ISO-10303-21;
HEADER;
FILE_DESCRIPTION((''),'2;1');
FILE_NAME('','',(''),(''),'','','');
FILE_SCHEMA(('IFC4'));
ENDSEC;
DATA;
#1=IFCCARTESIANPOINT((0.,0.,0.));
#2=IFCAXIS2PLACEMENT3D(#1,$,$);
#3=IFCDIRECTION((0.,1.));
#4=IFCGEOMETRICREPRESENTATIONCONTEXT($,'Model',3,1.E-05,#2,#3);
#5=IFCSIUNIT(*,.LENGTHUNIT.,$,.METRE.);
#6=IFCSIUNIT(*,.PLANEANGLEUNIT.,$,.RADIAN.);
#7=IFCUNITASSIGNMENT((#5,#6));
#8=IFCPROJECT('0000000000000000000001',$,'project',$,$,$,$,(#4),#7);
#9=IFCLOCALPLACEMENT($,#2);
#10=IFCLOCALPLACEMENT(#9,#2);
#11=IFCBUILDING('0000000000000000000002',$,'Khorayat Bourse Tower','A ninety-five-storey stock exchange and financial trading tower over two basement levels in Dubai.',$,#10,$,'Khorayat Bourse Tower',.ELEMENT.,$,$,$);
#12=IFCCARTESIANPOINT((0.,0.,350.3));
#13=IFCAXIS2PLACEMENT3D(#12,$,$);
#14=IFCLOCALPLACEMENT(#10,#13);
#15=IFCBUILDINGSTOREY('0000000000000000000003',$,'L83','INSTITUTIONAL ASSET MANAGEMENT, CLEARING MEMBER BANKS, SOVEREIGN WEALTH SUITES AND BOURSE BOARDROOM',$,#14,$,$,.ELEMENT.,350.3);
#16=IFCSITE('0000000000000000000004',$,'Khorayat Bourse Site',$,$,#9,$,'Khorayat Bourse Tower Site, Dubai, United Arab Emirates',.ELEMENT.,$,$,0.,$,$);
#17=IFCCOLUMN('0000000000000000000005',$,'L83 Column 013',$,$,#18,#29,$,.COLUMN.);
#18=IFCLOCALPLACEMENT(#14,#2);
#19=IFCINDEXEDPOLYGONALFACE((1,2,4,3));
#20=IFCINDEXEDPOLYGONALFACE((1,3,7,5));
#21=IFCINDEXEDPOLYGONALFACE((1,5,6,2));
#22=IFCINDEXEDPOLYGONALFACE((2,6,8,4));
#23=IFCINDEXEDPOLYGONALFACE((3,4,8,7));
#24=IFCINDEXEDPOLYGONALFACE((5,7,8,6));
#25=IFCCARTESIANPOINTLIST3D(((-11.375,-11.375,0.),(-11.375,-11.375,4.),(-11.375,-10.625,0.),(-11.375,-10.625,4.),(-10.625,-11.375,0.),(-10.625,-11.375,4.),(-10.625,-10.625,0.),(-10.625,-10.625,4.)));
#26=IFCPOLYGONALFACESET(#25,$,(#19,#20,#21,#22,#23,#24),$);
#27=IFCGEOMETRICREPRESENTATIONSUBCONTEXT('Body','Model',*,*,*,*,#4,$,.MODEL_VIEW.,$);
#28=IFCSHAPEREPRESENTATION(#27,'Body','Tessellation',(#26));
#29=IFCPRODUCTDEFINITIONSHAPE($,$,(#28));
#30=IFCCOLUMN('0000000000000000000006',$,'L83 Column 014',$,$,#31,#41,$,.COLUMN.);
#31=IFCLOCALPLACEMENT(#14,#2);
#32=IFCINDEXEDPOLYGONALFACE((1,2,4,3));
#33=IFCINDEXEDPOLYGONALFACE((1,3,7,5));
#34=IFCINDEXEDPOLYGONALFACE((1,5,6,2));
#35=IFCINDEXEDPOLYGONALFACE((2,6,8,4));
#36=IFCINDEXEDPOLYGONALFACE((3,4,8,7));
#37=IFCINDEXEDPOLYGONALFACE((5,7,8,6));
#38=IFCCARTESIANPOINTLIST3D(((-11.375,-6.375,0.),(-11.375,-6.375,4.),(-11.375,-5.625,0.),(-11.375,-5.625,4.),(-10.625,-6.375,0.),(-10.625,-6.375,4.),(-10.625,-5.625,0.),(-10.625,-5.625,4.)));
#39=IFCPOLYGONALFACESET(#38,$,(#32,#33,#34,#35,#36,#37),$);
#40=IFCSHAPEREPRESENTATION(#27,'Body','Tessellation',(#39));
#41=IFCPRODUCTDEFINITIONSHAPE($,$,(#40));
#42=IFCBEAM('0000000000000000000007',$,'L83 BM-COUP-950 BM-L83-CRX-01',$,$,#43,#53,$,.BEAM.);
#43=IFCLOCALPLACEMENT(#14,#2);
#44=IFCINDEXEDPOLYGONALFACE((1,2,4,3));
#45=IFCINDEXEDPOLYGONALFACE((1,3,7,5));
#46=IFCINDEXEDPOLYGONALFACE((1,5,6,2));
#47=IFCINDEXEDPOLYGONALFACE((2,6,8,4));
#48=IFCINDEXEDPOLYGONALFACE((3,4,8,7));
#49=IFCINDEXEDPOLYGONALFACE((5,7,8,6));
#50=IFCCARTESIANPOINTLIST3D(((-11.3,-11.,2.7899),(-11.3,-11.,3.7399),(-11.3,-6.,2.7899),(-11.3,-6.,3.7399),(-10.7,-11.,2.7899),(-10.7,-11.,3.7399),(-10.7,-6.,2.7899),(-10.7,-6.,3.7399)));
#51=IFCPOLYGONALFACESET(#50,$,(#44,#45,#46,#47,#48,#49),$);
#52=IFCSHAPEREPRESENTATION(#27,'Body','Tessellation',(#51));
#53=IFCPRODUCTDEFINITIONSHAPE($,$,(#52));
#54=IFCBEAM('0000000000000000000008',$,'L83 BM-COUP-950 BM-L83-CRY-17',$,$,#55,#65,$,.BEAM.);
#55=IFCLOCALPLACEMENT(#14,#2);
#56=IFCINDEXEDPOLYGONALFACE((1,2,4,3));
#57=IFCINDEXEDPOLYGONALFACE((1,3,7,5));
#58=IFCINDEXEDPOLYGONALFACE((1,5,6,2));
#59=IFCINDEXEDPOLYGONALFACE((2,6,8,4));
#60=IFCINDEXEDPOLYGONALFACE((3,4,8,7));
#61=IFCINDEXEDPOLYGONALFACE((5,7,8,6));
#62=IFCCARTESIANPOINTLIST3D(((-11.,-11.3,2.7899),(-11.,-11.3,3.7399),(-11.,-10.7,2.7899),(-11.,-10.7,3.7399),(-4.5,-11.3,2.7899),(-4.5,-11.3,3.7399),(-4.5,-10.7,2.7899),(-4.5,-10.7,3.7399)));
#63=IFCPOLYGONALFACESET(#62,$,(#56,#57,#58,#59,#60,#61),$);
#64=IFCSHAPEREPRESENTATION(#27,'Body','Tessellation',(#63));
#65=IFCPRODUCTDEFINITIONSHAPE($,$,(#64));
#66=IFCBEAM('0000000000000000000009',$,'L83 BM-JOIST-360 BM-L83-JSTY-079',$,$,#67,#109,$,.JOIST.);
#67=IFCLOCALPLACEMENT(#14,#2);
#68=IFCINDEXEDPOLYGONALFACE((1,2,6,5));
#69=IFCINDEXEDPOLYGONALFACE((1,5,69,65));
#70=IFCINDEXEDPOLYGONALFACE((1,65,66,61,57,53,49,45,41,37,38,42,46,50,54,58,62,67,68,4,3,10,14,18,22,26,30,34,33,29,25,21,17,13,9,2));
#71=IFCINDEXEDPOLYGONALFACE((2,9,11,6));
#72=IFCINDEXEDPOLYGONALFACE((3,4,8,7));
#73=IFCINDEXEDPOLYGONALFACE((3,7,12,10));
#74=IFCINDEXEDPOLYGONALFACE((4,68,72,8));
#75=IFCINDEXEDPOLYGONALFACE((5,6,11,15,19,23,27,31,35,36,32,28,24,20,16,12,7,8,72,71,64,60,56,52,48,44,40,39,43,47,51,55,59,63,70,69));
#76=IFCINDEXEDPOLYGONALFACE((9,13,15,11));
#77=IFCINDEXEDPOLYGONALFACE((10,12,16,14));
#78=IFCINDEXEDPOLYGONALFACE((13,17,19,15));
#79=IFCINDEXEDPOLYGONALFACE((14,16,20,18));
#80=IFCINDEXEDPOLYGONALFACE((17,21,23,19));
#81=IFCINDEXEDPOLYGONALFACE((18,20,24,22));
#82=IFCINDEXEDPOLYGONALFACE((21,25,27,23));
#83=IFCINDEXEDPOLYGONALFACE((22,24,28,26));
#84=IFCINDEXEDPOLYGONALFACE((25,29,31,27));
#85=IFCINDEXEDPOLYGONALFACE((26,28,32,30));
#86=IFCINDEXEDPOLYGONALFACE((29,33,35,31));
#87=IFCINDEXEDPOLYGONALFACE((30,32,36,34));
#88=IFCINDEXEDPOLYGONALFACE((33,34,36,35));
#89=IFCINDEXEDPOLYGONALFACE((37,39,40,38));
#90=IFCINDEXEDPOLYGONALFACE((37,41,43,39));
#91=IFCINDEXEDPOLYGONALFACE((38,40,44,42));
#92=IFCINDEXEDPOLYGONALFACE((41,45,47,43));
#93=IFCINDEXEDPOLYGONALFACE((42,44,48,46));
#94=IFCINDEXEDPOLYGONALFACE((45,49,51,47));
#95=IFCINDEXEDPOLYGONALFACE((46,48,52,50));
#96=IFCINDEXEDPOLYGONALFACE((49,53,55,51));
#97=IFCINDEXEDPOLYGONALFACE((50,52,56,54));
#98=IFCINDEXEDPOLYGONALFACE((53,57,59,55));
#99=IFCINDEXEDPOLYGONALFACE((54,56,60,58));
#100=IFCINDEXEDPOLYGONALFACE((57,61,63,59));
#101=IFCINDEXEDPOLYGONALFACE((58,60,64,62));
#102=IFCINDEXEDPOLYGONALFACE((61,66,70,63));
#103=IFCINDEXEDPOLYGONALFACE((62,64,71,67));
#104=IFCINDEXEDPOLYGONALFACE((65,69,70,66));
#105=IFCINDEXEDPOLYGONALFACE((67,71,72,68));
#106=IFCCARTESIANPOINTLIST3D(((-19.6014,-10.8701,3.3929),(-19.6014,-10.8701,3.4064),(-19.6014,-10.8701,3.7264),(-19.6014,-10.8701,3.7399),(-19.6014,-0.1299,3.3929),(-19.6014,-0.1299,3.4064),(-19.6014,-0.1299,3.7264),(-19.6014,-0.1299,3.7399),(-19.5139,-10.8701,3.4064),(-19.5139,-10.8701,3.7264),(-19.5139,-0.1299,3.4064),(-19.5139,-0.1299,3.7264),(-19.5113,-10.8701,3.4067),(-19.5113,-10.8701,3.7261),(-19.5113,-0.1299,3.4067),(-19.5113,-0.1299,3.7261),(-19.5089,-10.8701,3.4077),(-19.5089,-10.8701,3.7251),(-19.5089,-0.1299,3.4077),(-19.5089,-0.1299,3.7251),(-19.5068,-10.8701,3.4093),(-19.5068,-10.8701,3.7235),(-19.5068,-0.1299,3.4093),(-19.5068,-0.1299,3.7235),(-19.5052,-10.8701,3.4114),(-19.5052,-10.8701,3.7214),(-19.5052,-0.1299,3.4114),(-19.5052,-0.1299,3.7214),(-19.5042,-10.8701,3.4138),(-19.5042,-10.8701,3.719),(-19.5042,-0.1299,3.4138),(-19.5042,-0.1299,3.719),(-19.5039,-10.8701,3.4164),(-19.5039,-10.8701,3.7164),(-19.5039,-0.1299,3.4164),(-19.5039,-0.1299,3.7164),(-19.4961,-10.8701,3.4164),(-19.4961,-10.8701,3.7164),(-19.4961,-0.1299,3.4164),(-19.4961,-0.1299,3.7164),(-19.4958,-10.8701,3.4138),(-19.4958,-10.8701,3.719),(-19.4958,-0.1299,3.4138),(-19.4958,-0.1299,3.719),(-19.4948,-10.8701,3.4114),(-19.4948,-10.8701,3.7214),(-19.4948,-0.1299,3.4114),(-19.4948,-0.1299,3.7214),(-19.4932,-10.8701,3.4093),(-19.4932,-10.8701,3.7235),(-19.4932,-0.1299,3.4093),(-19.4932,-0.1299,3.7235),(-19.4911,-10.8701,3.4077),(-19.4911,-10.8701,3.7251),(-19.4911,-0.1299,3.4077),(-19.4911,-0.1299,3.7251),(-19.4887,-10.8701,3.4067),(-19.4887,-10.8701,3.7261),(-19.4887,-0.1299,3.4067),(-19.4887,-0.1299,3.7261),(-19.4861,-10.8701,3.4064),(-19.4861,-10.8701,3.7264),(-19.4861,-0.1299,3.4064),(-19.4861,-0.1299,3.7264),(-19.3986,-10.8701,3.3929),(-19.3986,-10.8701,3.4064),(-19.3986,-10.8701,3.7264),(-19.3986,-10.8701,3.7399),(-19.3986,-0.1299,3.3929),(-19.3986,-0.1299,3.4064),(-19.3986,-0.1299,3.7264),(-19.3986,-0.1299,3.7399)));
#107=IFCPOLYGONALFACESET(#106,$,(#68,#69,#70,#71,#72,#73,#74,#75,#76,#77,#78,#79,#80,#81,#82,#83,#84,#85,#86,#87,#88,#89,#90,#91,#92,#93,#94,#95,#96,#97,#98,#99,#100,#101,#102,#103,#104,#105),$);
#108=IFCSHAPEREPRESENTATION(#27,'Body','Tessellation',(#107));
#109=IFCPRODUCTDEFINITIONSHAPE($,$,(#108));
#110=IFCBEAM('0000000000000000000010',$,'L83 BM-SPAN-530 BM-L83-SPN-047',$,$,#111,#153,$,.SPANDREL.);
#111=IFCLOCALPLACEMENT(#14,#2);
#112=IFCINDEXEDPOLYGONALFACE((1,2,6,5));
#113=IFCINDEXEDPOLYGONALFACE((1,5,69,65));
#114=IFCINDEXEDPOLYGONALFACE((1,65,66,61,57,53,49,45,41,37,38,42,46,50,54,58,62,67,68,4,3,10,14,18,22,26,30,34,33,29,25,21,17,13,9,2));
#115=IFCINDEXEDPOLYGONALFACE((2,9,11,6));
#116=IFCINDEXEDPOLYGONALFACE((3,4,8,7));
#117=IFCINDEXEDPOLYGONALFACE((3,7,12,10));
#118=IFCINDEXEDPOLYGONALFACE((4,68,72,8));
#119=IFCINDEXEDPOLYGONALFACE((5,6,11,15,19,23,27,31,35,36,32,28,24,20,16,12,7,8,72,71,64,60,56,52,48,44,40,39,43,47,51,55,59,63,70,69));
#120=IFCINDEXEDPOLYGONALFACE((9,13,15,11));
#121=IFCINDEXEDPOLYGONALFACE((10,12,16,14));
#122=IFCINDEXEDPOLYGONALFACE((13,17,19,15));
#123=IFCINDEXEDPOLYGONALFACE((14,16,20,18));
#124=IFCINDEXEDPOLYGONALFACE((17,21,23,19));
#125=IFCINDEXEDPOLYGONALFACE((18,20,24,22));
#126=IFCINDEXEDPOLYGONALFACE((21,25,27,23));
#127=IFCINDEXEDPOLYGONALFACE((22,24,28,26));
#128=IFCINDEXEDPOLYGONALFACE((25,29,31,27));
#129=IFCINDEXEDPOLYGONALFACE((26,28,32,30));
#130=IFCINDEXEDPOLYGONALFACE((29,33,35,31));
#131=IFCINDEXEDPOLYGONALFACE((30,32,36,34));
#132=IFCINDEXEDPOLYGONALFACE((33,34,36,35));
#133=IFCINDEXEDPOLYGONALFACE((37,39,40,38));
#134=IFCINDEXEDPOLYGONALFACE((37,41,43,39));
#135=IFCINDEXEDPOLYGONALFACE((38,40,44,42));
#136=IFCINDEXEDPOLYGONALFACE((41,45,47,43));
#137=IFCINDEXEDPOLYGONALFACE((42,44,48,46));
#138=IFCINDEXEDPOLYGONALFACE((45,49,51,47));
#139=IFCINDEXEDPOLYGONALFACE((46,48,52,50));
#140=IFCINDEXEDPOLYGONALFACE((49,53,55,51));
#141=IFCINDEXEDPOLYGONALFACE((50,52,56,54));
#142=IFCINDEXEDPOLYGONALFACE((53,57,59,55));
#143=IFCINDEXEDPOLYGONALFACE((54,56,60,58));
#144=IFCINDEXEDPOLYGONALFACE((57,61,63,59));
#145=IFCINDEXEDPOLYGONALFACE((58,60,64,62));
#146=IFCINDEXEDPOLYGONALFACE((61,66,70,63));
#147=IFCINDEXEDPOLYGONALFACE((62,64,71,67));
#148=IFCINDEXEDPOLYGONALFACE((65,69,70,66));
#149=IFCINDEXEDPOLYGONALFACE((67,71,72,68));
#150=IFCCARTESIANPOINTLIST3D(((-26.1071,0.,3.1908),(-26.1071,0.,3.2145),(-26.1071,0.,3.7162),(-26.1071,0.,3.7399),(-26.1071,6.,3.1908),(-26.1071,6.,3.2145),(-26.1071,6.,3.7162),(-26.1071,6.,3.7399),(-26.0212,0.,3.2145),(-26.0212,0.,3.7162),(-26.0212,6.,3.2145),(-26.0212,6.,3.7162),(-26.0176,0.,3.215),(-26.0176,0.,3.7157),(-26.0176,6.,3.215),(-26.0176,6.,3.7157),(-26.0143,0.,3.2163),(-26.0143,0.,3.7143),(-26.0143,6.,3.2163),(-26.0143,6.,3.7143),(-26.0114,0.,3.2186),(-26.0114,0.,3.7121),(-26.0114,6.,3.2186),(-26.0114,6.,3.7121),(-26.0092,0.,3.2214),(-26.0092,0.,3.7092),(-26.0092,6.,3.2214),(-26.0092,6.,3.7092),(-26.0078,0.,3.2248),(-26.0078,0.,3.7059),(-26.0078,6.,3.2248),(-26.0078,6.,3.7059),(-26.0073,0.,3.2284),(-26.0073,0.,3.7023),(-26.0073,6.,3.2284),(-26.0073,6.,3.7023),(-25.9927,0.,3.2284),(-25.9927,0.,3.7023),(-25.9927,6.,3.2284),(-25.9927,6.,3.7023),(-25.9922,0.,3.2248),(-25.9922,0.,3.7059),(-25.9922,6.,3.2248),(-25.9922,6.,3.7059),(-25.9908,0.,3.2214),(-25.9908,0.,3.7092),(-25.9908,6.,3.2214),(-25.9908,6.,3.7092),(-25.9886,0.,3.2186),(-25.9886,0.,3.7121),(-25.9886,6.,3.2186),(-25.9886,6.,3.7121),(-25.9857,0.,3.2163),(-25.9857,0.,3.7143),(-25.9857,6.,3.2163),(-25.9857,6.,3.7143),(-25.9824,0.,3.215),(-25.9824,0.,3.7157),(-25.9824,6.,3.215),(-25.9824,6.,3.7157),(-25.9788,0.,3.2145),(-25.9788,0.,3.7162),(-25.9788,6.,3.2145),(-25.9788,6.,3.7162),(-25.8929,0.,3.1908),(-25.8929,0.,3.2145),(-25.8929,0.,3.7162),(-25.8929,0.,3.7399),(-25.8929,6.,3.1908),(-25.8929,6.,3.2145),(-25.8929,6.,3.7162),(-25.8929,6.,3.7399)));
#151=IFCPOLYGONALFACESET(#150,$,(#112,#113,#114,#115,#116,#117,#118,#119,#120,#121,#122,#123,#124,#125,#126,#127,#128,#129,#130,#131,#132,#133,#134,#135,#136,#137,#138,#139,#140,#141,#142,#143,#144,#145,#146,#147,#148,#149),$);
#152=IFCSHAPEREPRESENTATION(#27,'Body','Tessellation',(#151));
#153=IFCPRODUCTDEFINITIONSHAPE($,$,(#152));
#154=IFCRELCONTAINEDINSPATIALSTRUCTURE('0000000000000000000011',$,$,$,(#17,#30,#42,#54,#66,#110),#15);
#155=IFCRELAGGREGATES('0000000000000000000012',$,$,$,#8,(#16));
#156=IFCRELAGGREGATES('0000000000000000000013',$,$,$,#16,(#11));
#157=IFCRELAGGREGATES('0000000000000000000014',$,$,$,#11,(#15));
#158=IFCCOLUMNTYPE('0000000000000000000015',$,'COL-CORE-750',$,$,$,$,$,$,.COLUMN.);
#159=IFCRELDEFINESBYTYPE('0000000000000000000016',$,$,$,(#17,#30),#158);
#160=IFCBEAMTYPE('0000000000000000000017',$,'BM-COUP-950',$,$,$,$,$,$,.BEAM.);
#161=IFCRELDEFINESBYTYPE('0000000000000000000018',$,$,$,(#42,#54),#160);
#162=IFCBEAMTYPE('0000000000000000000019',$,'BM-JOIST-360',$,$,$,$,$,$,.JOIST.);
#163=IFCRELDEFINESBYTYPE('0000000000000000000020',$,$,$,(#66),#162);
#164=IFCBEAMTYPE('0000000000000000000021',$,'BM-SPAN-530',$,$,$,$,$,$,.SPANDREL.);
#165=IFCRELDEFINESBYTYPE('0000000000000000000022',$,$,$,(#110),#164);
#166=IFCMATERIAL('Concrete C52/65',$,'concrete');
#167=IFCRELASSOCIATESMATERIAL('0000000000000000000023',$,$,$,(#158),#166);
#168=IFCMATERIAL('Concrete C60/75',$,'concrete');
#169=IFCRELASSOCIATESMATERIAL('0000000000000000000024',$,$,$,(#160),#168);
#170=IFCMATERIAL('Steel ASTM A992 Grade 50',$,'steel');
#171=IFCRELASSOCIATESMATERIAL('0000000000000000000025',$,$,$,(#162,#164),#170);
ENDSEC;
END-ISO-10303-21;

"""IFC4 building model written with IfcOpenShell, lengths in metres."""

from ifc_helpers import new_model, si_unit, direction, frame, origin, origin_2d, place, context, subcontext, project, spatial, rectangle, i_section, extrude, source, transform, mapped, material, material_profile, profile_set, type_object, element, save


model = new_model("IFC4")

# Units and contexts
model_context = context("Model", 3, precision=1e-05, world=origin(), true_north=direction((0.0, 1.0)))
body_context = subcontext(model_context, "Body", "Model", "MODEL_VIEW")
ifc_project = project(units=[si_unit("LENGTHUNIT", "METRE"), si_unit("PLANEANGLEUNIT", "RADIAN")], contexts=[model_context])

# Site, building, storey
site_placement = place(None, origin())
site = spatial("IfcSite", under=ifc_project, at=site_placement, Name="Khorayat Bourse Site", LongName="Khorayat Bourse Tower Site, Dubai, United Arab Emirates", CompositionType="ELEMENT", RefElevation=0.0)
building_placement = place(site_placement, origin())
building = spatial("IfcBuilding", under=site, at=building_placement, Name="Khorayat Bourse Tower", Description="A ninety-five-storey stock exchange and financial trading tower over two basement levels in Dubai.", LongName="Khorayat Bourse Tower", CompositionType="ELEMENT")
storey_placement = place(building_placement, frame((0.0, 0.0, 350.3)))
storey = spatial("IfcBuildingStorey", under=building, at=storey_placement, Name="L83", Description="INSTITUTIONAL ASSET MANAGEMENT, CLEARING MEMBER BANKS, SOVEREIGN WEALTH SUITES AND BOURSE BOARDROOM", CompositionType="ELEMENT", Elevation=350.3)

# Columns
ifc_material_1 = material(Name="Concrete C52/65", Category="concrete")
ifc_material_profile_1 = material_profile(ifc_material_1, rectangle(XDim=0.75, YDim=0.75, at=origin_2d()), Name="RC 750x750")
ifc_profile_set_1 = profile_set([ifc_material_profile_1], Name="Concrete C52/65")
column_type = type_object("IfcColumnType", Name="COL-CORE-750", PredefinedType="COLUMN", material=ifc_profile_set_1)
shared_shape_1 = source(origin(), body_context, "Body", "SweptSolid", [
    extrude(rectangle(XDim=0.75, YDim=0.75, at=origin_2d()), origin(), (0.0, 0.0, 1.0), 4.0),
])
for number, where, z_axis, x_axis, name in (
    (1, (-11.0, -11.0, 0.0), (0.0, 0.0, 1.0), (1.0, 0.0, 0.0), "L83 Column 013"),
    (2, (-11.0, -6.0, 0.0), (0.0, 0.0, 1.0), (1.0, 0.0, 0.0), "L83 Column 014"),
):
    element("IfcColumn", number, at=place(storey_placement, frame(where, z_axis=z_axis, x_axis=x_axis)), inside=storey, type_object=column_type, Name=name, PredefinedType="COLUMN", context=body_context, shape_type="MappedRepresentation", body=[
        mapped(shared_shape_1, transform((0.0, 0.0, 0.0), scale=1.0)),
    ])

# Beams
ifc_material_2 = material(Name="Concrete C60/75", Category="concrete")
ifc_material_profile_2 = material_profile(ifc_material_2, rectangle(XDim=0.6001, YDim=0.95, at=origin_2d()), Name="RC 600x950")
ifc_profile_set_2 = profile_set([ifc_material_profile_2], Name="Concrete C60/75")
beam_type_1 = type_object("IfcBeamType", Name="BM-COUP-950", PredefinedType="BEAM", material=ifc_profile_set_2)
shared_shape_2 = source(origin(), body_context, "Body", "SweptSolid", [
    extrude(rectangle(XDim=0.6001, YDim=0.95, at=origin_2d()), origin(), (0.0, 0.0, 1.0), 5.0),
])
beam_1_placement = place(storey_placement, frame((-11.0, -11.0, 3.2649), z_axis=(0.0, 1.0, 0.0), x_axis=(-1.0, 0.0, 0.0)))
element("IfcBeam", 3, at=beam_1_placement, inside=storey, type_object=beam_type_1, Name="L83 BM-COUP-950 BM-L83-CRX-01", PredefinedType="BEAM", context=body_context, shape_type="MappedRepresentation", body=[
    mapped(shared_shape_2, transform((0.0, 0.0, 0.0), scale=1.0)),
])
shared_shape_3 = source(origin(), body_context, "Body", "SweptSolid", [
    extrude(rectangle(XDim=0.6001, YDim=0.95, at=origin_2d()), origin(), (0.0, 0.0, 1.0), 6.5),
])
beam_2_placement = place(storey_placement, frame((-11.0, -11.0, 3.2649), z_axis=(1.0, 0.0, 0.0), x_axis=(0.0, 1.0, 0.0)))
element("IfcBeam", 4, at=beam_2_placement, inside=storey, type_object=beam_type_1, Name="L83 BM-COUP-950 BM-L83-CRY-17", PredefinedType="BEAM", context=body_context, shape_type="MappedRepresentation", body=[
    mapped(shared_shape_3, transform((0.0, 0.0, 0.0), scale=1.0)),
])
ifc_material_3 = material(Name="Steel ASTM A992 Grade 50", Category="steel")
ifc_material_profile_3 = material_profile(ifc_material_3, i_section(OverallWidth=0.2029, OverallDepth=0.3469, WebThickness=0.0078, FlangeThickness=0.0134, FilletRadius=0.01, at=origin_2d()), Name="W360X64")
ifc_profile_set_3 = profile_set([ifc_material_profile_3], Name="Steel ASTM A992 Grade 50")
beam_type_2 = type_object("IfcBeamType", Name="BM-JOIST-360", PredefinedType="JOIST", material=ifc_profile_set_3)
shared_shape_4 = source(origin(), body_context, "Body", "SweptSolid", [
    extrude(i_section(OverallWidth=0.2029, OverallDepth=0.3469, WebThickness=0.0078, FlangeThickness=0.0134, FilletRadius=0.01, at=origin_2d()), origin(), (0.0, 0.0, 1.0), 10.7402),
])
beam_3_placement = place(storey_placement, frame((-19.5, -10.8701, 3.5664), z_axis=(0.0, 1.0, 0.0), x_axis=(-1.0, 0.0, 0.0)))
element("IfcBeam", 5, at=beam_3_placement, inside=storey, type_object=beam_type_2, Name="L83 BM-JOIST-360 BM-L83-JSTY-079", PredefinedType="JOIST", context=body_context, shape_type="MappedRepresentation", body=[
    mapped(shared_shape_4, transform((0.0, 0.0, 0.0), scale=1.0)),
])
ifc_material_profile_4 = material_profile(ifc_material_3, i_section(OverallWidth=0.2141, OverallDepth=0.5491, WebThickness=0.0146, FlangeThickness=0.0237, FilletRadius=0.0139, at=origin_2d()), Name="W530X138")
ifc_profile_set_4 = profile_set([ifc_material_profile_4], Name="Steel ASTM A992 Grade 50")
beam_type_3 = type_object("IfcBeamType", Name="BM-SPAN-530", PredefinedType="SPANDREL", material=ifc_profile_set_4)
shared_shape_5 = source(origin(), body_context, "Body", "SweptSolid", [
    extrude(i_section(OverallWidth=0.2141, OverallDepth=0.5491, WebThickness=0.0146, FlangeThickness=0.0237, FilletRadius=0.0139, at=origin_2d()), origin(), (0.0, 0.0, 1.0), 6.0),
])
beam_4_placement = place(storey_placement, frame((-26.0, 0.0, 3.4653), z_axis=(0.0, 1.0, 0.0), x_axis=(-1.0, 0.0, 0.0)))
element("IfcBeam", 6, at=beam_4_placement, inside=storey, type_object=beam_type_3, Name="L83 BM-SPAN-530 BM-L83-SPN-047", PredefinedType="SPANDREL", context=body_context, shape_type="MappedRepresentation", body=[
    mapped(shared_shape_5, transform((0.0, 0.0, 0.0), scale=1.0)),
])

save(model, "model.ifc")
